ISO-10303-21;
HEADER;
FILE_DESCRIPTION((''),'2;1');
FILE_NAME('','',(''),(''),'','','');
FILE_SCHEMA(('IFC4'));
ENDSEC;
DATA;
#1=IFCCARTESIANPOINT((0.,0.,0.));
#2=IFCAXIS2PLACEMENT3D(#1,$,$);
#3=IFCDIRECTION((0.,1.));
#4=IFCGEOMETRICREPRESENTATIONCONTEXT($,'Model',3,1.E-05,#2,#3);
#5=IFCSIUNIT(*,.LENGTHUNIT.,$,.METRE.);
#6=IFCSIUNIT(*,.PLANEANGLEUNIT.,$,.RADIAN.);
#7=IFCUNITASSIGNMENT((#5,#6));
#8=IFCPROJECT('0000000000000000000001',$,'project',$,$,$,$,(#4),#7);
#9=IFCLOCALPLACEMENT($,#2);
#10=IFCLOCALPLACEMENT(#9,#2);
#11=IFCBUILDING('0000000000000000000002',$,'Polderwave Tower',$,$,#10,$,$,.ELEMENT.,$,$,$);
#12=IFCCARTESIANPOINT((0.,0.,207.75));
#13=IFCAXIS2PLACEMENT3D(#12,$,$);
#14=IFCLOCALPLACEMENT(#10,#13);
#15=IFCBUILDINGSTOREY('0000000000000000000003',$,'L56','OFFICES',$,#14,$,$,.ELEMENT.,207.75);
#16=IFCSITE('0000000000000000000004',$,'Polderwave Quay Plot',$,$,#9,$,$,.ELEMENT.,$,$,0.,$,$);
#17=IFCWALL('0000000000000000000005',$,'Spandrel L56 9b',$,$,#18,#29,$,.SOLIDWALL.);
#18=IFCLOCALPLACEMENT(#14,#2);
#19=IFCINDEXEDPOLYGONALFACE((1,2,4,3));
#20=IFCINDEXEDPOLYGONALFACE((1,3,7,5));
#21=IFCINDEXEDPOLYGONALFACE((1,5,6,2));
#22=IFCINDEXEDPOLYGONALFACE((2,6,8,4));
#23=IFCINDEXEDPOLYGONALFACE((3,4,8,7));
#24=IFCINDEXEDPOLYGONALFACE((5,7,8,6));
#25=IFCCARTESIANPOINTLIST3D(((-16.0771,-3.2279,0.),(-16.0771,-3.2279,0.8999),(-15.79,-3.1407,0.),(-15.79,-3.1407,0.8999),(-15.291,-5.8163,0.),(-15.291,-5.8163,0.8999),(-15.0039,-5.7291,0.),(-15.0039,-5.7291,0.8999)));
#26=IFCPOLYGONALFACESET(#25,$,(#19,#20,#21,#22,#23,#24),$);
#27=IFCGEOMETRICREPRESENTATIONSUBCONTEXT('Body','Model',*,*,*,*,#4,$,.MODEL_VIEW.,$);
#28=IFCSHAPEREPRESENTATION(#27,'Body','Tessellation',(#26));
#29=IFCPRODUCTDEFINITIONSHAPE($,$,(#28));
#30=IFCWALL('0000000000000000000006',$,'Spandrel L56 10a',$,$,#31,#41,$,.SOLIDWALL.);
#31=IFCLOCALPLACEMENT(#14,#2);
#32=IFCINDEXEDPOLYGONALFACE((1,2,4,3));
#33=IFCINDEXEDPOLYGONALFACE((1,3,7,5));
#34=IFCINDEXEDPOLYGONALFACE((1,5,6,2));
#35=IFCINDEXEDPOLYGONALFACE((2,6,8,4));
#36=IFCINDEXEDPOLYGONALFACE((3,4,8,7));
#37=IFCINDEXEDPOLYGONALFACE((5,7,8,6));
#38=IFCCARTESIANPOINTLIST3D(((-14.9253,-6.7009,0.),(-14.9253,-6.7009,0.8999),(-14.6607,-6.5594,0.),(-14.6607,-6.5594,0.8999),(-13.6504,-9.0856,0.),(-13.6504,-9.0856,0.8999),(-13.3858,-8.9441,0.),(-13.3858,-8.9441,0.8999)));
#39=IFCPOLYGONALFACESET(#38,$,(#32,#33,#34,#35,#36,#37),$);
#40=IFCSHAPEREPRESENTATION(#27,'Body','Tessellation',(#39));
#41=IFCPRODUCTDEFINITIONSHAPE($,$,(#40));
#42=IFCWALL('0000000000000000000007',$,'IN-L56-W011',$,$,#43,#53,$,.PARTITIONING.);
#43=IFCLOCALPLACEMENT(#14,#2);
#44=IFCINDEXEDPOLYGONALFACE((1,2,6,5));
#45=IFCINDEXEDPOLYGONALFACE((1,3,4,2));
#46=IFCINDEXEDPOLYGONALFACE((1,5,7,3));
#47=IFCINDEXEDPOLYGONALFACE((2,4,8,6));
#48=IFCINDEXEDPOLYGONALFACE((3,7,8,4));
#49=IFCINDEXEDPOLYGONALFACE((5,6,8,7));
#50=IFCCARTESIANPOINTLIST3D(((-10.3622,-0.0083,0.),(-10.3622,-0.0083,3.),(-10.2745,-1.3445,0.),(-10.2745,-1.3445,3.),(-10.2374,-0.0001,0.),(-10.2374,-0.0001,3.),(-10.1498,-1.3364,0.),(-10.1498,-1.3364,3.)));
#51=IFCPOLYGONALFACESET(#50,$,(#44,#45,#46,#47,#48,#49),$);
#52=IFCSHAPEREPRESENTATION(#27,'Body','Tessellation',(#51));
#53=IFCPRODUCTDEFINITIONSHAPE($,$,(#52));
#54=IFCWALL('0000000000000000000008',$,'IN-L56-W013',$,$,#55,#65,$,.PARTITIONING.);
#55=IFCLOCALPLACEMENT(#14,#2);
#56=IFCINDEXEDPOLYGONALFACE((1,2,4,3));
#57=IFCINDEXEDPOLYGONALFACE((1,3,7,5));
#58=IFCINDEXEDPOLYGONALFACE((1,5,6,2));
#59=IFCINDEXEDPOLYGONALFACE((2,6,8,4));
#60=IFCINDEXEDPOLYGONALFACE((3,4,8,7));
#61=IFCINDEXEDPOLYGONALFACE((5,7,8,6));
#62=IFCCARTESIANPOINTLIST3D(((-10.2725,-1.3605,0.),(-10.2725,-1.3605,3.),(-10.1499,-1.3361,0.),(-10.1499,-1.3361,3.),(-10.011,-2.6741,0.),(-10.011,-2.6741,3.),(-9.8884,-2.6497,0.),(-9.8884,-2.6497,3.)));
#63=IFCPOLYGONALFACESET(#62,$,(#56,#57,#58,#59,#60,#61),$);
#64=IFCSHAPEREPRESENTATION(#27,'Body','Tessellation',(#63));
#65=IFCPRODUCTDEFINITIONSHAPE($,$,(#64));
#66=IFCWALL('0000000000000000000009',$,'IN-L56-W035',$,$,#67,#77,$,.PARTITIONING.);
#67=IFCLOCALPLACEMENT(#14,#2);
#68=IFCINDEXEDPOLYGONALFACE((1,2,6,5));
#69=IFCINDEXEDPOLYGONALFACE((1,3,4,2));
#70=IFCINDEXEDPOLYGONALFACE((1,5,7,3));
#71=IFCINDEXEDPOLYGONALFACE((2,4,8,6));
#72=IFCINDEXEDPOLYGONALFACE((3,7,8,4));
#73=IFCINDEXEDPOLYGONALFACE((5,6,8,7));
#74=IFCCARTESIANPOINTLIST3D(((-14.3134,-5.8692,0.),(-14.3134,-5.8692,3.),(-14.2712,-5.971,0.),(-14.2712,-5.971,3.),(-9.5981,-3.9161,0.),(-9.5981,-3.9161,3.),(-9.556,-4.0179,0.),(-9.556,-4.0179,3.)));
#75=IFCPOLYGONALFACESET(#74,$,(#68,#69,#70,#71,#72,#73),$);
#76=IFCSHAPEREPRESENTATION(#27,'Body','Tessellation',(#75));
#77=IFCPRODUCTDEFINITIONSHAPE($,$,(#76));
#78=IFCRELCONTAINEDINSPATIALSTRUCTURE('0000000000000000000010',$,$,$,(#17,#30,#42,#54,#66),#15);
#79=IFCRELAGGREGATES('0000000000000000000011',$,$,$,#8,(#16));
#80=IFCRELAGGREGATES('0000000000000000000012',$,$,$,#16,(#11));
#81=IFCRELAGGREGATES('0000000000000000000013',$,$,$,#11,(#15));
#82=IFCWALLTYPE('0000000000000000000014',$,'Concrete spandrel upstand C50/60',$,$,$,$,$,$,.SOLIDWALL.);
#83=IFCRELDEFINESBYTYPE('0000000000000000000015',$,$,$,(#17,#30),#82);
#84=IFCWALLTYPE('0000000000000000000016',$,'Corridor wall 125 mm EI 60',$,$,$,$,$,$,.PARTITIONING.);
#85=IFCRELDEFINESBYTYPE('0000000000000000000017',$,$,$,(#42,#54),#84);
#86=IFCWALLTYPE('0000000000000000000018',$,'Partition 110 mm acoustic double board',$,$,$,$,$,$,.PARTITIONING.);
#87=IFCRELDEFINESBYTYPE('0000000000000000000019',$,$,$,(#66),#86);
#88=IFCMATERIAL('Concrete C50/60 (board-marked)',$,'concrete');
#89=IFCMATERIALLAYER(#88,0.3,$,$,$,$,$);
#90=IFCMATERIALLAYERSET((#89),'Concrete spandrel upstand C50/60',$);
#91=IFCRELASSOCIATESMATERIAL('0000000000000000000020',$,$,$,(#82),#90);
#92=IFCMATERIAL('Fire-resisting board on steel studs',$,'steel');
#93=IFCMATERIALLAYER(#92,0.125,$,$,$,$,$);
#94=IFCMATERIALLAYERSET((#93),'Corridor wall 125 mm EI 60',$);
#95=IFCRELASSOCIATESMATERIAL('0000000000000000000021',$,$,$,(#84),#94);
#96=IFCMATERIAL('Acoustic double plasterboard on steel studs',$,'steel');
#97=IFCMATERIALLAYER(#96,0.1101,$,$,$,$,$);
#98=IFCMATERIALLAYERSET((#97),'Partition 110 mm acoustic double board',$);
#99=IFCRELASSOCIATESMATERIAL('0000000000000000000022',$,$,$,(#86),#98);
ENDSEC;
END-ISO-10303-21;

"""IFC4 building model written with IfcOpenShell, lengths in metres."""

from ifc_helpers import new_model, si_unit, direction, frame, frame_2d, origin, place, context, subcontext, project, spatial, rectangle, extrude, material, layer, layer_set, type_object, element, save


model = new_model("IFC4")

# Units and contexts
model_context = context("Model", 3, precision=1e-05, world=origin(), true_north=direction((0.0, 1.0)))
body_context = subcontext(model_context, "Body", "Model", "MODEL_VIEW")
ifc_project = project(units=[si_unit("LENGTHUNIT", "METRE"), si_unit("PLANEANGLEUNIT", "RADIAN")], contexts=[model_context])

# Site, building, storey
site_placement = place(None, origin())
site = spatial("IfcSite", under=ifc_project, at=site_placement, Name="Polderwave Quay Plot", CompositionType="ELEMENT", RefElevation=0.0)
building_placement = place(site_placement, origin())
building = spatial("IfcBuilding", under=site, at=building_placement, Name="Polderwave Tower", CompositionType="ELEMENT")
storey_placement = place(building_placement, frame((0.0, 0.0, 207.75)))
storey = spatial("IfcBuildingStorey", under=building, at=storey_placement, Name="L56", Description="OFFICES", CompositionType="ELEMENT", Elevation=207.75)

# Walls
ifc_material_1 = material(Name="Concrete C50/60 (board-marked)", Category="concrete")
ifc_layer_1 = layer(ifc_material_1, 0.3)
ifc_layer_set_1 = layer_set([ifc_layer_1], Name="Concrete spandrel upstand C50/60")
wall_type_1 = type_object("IfcWallType", Name="Concrete spandrel upstand C50/60", PredefinedType="SOLIDWALL", material=ifc_layer_set_1)
wall_1_placement = place(storey_placement, frame((-15.9336, -3.1843, 0.0), z_axis=(0.0, 0.0, 1.0), x_axis=(0.290609, -0.956842, 0.0)))
element("IfcWall", 1, at=wall_1_placement, inside=storey, type_object=wall_type_1, Name="Spandrel L56 9b", PredefinedType="SOLIDWALL", context=body_context, shape_type="SweptSolid", body=[
    extrude(rectangle(XDim=2.7051, YDim=0.3, at=frame_2d((1.3525, 0.0))), origin(), (0.0, 0.0, 1.0), 0.8999),
])
wall_2_placement = place(storey_placement, frame((-14.793, -6.6301, 0.0), z_axis=(0.0, 0.0, 1.0), x_axis=(0.47146, -0.881888, 0.0)))
element("IfcWall", 2, at=wall_2_placement, inside=storey, type_object=wall_type_1, Name="Spandrel L56 10a", PredefinedType="SOLIDWALL", context=body_context, shape_type="SweptSolid", body=[
    extrude(rectangle(XDim=2.7041, YDim=0.3, at=frame_2d((1.3521, 0.0))), origin(), (0.0, 0.0, 1.0), 0.8999),
])
ifc_material_2 = material(Name="Fire-resisting board on steel studs", Category="steel")
ifc_layer_2 = layer(ifc_material_2, 0.125)
ifc_layer_set_2 = layer_set([ifc_layer_2], Name="Corridor wall 125 mm EI 60")
wall_type_2 = type_object("IfcWallType", Name="Corridor wall 125 mm EI 60", PredefinedType="PARTITIONING", material=ifc_layer_set_2)
wall_3_placement = place(storey_placement, frame((-10.2122, -1.3403, 0.0), z_axis=(0.0, 0.0, 1.0), x_axis=(-0.065454, 0.997856, 0.0)))
element("IfcWall", 3, at=wall_3_placement, inside=storey, type_object=wall_type_2, Name="IN-L56-W011", PredefinedType="PARTITIONING", context=body_context, shape_type="SweptSolid", body=[
    extrude(rectangle(XDim=1.3391, YDim=0.125, at=frame_2d((0.6694, 0.0))), origin(), (0.0, 0.0, 1.0), 3.0),
])
wall_4_placement = place(storey_placement, frame((-9.9497, -2.6619, 0.0), z_axis=(0.0, 0.0, 1.0), x_axis=(-0.19524, 0.980756, 0.0)))
element("IfcWall", 4, at=wall_4_placement, inside=storey, type_object=wall_type_2, Name="IN-L56-W013", PredefinedType="PARTITIONING", context=body_context, shape_type="SweptSolid", body=[
    extrude(rectangle(XDim=1.3394, YDim=0.125, at=frame_2d((0.6697, 0.0))), origin(), (0.0, 0.0, 1.0), 3.0),
])
ifc_material_3 = material(Name="Acoustic double plasterboard on steel studs", Category="steel")
ifc_layer_3 = layer(ifc_material_3, 0.1101)
ifc_layer_set_3 = layer_set([ifc_layer_3], Name="Partition 110 mm acoustic double board")
wall_type_3 = type_object("IfcWallType", Name="Partition 110 mm acoustic double board", PredefinedType="PARTITIONING", material=ifc_layer_set_3)
wall_5_placement = place(storey_placement, frame((-9.5771, -3.967, 0.0), z_axis=(0.0, 0.0, 1.0), x_axis=(-0.923882, -0.382679, 0.0)))
element("IfcWall", 5, at=wall_5_placement, inside=storey, type_object=wall_type_3, Name="IN-L56-W035", PredefinedType="PARTITIONING", context=body_context, shape_type="SweptSolid", body=[
    extrude(rectangle(XDim=5.1038, YDim=0.1101, at=frame_2d((2.5518, 0.0))), origin(), (0.0, 0.0, 1.0), 3.0),
])

save(model, "model.ifc")
